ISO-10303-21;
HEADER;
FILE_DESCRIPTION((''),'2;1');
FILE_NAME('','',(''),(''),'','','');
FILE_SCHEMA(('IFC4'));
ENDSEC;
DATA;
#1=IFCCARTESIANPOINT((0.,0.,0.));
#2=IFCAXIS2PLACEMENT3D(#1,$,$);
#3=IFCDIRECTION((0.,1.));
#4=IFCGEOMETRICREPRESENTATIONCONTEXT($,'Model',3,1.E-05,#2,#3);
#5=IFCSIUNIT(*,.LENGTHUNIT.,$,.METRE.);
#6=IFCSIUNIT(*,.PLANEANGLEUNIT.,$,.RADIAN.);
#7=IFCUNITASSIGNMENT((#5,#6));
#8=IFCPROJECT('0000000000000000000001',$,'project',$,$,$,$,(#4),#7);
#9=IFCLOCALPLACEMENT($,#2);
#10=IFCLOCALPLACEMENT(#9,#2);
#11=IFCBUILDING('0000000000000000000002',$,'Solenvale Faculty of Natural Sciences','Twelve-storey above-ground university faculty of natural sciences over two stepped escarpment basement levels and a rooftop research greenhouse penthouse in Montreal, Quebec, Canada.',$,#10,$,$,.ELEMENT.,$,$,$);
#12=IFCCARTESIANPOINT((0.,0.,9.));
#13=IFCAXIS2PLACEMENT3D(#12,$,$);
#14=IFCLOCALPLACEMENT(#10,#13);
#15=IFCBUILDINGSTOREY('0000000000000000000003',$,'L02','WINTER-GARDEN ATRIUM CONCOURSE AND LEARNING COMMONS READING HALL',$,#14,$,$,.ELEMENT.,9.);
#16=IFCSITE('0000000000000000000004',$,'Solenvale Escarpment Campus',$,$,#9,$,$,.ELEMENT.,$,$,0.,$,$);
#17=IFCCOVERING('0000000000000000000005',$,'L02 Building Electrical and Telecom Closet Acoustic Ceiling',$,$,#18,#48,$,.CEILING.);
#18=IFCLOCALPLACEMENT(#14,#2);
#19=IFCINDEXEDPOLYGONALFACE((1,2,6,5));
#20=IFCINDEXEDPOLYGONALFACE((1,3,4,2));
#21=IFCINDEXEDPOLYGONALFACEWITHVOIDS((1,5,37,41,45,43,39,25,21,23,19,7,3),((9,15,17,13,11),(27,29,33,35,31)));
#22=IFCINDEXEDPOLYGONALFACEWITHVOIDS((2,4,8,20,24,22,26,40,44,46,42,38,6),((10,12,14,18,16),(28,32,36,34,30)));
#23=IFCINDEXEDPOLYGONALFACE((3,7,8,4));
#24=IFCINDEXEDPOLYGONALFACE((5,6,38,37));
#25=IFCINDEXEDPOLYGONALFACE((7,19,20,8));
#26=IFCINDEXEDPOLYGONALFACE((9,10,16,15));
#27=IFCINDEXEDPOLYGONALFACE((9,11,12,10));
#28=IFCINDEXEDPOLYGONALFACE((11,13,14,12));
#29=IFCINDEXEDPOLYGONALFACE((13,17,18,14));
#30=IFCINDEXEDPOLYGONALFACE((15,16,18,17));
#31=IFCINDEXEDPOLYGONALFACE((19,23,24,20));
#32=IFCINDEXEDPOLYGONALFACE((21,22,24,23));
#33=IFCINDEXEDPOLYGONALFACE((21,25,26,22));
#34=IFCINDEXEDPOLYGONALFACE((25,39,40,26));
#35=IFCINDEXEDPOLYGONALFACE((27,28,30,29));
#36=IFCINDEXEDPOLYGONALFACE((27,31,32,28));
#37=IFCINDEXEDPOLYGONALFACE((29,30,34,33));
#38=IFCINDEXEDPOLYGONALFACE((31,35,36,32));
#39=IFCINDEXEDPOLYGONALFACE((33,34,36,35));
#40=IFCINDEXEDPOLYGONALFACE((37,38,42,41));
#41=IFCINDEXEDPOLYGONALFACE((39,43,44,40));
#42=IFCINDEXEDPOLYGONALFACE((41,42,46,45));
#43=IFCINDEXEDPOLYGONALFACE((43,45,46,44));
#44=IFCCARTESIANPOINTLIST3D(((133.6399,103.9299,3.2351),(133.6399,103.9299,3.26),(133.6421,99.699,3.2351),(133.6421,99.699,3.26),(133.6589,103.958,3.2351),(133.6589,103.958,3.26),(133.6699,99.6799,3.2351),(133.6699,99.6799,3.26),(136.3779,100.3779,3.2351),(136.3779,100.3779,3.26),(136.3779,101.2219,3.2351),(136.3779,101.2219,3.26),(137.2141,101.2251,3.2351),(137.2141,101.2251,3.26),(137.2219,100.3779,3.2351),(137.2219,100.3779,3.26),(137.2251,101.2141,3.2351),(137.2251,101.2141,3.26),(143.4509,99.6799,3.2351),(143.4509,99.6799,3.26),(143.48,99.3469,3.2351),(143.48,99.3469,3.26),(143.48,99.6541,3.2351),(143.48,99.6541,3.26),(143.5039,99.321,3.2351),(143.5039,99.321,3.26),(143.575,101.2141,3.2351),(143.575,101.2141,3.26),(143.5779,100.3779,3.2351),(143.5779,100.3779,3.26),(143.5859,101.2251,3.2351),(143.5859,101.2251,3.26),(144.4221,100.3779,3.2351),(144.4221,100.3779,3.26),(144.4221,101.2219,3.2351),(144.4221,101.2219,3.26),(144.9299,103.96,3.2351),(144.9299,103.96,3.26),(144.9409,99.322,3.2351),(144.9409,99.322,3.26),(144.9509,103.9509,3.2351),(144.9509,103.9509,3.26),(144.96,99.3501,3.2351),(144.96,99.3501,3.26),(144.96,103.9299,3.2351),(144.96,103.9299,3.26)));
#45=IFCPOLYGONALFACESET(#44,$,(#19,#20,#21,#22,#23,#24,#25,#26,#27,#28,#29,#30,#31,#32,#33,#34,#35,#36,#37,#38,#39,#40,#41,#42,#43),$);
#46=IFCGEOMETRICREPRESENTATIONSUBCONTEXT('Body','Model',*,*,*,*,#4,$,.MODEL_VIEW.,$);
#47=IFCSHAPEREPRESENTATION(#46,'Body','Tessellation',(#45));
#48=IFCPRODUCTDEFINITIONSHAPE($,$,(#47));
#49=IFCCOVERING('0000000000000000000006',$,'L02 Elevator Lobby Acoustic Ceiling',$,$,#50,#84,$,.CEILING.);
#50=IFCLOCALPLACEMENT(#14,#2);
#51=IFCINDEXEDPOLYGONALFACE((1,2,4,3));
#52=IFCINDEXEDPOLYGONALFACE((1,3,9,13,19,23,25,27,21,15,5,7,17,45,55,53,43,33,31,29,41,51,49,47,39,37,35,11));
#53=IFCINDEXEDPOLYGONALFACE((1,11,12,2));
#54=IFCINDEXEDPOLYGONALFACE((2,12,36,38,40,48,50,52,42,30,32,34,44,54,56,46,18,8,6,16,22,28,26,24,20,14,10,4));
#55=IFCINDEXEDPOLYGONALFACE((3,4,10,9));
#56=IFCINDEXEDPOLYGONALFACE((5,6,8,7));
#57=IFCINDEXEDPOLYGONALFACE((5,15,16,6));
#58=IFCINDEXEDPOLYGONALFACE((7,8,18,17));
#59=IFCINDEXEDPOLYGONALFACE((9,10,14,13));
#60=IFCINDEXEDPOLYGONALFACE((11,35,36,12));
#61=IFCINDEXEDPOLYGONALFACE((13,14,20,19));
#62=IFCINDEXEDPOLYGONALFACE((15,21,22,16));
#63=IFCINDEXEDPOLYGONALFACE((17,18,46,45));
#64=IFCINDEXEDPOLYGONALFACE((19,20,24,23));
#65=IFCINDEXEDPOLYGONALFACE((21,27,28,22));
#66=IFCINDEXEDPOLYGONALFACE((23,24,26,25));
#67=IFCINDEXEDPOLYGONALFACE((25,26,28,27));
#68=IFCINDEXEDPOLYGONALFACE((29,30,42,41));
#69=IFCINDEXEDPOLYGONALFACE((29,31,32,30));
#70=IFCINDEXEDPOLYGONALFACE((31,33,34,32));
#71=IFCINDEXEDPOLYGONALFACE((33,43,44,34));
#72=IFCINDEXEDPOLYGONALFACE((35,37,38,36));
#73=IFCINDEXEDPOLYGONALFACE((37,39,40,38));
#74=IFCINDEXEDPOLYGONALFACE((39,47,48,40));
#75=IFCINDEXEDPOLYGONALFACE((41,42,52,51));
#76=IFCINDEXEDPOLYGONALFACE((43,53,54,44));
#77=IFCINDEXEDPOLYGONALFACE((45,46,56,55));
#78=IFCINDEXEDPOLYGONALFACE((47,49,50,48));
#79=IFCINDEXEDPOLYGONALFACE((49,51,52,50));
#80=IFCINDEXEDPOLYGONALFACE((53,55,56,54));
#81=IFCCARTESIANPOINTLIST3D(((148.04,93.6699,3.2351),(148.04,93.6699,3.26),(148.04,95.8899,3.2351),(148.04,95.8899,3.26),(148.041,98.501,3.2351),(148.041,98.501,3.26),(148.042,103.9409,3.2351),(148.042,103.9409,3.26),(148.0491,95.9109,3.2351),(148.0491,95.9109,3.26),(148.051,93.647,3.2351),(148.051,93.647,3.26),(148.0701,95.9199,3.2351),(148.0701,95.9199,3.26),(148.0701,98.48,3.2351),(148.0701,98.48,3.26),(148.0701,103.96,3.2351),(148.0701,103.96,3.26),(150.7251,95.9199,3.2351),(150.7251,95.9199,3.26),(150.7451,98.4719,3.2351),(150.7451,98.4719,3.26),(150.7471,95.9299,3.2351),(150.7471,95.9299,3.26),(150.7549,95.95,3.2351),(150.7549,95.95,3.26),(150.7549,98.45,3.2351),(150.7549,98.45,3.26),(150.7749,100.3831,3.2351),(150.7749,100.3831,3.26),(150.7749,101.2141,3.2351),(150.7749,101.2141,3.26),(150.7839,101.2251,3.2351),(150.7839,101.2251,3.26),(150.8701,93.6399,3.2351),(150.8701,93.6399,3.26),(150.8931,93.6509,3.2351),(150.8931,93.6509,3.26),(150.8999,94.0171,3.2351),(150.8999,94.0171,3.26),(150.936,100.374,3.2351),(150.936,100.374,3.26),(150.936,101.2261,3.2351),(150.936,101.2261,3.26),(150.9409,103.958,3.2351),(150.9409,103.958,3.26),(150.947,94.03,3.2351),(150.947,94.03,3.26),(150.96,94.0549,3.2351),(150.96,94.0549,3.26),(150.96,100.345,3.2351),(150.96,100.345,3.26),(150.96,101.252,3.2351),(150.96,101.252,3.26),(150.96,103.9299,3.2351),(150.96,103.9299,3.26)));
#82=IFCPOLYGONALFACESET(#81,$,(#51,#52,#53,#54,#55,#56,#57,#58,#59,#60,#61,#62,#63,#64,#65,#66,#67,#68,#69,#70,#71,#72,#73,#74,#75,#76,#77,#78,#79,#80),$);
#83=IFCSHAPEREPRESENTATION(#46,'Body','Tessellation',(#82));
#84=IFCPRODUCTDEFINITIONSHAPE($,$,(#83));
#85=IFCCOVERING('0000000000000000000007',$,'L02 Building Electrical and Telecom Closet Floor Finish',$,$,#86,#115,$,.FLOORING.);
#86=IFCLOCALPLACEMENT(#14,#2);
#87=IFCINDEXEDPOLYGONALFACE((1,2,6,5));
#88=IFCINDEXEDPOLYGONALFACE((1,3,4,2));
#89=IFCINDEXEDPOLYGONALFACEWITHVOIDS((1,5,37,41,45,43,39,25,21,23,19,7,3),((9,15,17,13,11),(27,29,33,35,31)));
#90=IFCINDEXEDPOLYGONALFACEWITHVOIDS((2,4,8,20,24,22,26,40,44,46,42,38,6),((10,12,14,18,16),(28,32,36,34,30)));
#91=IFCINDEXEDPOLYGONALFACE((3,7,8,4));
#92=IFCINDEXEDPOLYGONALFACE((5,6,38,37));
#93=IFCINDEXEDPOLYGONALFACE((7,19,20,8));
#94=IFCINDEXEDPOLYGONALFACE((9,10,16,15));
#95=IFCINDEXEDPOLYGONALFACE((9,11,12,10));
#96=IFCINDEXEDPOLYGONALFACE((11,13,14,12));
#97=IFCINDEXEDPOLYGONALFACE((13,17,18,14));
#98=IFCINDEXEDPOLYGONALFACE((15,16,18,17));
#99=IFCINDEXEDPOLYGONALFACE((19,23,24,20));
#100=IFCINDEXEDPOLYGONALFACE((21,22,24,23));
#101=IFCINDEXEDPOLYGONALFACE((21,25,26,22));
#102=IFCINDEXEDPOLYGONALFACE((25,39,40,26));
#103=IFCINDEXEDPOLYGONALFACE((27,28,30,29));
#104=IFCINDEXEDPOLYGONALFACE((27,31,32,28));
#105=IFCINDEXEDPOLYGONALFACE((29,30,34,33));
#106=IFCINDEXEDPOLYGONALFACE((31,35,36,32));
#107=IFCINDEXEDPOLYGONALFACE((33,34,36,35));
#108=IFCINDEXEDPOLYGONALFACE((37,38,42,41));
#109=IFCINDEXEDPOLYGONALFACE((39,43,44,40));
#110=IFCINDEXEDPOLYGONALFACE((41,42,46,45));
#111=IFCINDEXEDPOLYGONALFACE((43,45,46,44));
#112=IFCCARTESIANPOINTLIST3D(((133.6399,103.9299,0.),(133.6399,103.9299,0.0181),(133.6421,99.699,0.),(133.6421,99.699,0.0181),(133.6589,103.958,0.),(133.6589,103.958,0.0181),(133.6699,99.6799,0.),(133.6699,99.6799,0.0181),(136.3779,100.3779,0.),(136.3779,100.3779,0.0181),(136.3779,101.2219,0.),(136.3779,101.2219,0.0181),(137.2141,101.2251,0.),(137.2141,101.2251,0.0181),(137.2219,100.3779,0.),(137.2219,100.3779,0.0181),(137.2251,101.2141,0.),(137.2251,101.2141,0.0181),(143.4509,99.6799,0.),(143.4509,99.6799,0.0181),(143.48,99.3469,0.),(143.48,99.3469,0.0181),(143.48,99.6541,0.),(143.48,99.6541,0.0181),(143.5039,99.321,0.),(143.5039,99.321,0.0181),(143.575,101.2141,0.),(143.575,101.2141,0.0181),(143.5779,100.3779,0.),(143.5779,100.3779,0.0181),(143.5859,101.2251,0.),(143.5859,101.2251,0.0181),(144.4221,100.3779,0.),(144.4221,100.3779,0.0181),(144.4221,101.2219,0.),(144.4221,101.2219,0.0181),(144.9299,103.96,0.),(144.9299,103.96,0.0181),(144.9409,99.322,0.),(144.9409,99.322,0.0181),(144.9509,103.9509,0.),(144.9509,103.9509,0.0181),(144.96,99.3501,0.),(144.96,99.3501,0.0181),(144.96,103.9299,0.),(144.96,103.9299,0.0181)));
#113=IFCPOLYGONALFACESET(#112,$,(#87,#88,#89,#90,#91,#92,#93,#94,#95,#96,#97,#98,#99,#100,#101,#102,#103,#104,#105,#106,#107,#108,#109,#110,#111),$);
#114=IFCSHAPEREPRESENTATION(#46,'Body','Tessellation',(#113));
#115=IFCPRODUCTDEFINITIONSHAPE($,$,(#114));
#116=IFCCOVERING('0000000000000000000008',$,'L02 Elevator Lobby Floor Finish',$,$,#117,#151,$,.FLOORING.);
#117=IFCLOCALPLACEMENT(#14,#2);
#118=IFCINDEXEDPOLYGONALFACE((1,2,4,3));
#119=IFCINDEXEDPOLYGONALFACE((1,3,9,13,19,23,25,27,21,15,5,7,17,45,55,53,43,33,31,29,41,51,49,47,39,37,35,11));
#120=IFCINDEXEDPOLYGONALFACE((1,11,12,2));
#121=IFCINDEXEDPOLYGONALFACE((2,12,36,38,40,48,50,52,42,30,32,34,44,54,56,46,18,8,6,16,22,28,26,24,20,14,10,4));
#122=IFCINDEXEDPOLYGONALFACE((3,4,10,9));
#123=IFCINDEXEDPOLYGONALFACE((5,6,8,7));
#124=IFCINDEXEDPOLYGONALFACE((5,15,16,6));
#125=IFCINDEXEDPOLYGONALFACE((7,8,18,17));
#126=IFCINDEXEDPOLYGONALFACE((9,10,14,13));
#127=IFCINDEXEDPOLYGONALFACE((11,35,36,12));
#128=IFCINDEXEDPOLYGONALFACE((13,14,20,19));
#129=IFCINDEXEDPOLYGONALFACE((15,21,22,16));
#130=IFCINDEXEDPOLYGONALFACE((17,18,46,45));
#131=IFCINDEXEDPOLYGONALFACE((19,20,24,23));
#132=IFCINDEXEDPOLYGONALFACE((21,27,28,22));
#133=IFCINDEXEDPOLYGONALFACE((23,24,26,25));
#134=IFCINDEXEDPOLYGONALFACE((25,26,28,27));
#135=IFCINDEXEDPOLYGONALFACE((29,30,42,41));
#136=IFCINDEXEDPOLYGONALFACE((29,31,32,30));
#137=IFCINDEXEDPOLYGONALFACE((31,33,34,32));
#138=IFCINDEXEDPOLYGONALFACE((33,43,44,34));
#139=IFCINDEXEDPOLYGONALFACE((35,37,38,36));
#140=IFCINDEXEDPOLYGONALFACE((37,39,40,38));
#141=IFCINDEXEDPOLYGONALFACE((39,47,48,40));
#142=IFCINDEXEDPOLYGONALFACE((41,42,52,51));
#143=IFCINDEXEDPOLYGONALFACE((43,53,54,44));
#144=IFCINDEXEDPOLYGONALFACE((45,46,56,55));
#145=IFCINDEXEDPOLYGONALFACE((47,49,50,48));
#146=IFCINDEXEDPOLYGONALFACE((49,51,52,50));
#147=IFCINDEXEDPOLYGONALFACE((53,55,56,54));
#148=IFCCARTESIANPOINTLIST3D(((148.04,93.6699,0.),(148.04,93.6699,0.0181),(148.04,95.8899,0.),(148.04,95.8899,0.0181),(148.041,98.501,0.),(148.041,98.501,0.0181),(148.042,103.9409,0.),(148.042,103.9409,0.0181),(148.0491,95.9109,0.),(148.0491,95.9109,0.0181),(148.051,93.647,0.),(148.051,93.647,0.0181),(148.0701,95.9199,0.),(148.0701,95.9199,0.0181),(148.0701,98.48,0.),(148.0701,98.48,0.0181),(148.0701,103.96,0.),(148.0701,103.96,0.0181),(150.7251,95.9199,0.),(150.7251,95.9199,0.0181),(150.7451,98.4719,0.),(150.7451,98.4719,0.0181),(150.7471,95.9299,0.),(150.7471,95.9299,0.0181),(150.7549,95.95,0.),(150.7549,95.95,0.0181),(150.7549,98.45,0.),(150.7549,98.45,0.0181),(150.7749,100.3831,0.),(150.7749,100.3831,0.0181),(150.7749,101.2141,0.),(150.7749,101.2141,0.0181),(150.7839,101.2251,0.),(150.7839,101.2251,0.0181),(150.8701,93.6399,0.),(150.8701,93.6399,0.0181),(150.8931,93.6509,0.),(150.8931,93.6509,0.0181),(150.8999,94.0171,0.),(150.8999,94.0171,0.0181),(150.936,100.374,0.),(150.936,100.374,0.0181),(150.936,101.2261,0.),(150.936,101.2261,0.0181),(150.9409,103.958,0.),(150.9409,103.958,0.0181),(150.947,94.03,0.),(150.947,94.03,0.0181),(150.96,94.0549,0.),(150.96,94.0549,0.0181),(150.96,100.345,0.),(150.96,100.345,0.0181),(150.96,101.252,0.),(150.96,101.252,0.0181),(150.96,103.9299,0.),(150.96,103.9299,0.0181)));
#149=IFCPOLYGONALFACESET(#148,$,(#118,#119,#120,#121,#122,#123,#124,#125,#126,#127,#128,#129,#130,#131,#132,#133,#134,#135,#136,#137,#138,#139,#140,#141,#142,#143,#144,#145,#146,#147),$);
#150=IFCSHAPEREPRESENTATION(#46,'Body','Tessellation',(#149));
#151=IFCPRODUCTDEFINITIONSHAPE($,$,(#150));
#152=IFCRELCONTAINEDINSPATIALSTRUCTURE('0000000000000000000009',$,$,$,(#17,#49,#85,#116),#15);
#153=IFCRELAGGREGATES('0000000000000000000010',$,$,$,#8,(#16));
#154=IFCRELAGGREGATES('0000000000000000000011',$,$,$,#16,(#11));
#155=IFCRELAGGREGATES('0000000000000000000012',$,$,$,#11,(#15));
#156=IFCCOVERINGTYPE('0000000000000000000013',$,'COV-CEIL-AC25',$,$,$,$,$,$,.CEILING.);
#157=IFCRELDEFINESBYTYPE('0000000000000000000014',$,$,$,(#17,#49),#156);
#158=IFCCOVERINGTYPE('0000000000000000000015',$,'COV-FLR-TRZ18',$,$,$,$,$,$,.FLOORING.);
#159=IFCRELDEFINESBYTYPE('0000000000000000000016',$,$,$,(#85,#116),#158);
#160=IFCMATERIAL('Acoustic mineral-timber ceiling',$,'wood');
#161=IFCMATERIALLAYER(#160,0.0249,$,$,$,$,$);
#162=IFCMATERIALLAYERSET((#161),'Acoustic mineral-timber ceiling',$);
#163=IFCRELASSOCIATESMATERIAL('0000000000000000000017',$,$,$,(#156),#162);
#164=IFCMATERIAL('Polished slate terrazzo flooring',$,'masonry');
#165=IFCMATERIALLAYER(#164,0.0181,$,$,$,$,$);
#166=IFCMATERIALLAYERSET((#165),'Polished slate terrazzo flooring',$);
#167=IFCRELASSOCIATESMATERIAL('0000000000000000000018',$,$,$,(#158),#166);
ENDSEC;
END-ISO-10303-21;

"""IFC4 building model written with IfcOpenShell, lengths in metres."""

from ifc_helpers import new_model, si_unit, direction, frame, origin, place, context, subcontext, project, spatial, polyline, outline, extrude, material, layer, layer_set, type_object, element, save


model = new_model("IFC4")

# Units and contexts
model_context = context("Model", 3, precision=1e-05, world=origin(), true_north=direction((0.0, 1.0)))
body_context = subcontext(model_context, "Body", "Model", "MODEL_VIEW")
ifc_project = project(units=[si_unit("LENGTHUNIT", "METRE"), si_unit("PLANEANGLEUNIT", "RADIAN")], contexts=[model_context])

# Site, building, storey
site_placement = place(None, origin())
site = spatial("IfcSite", under=ifc_project, at=site_placement, Name="Solenvale Escarpment Campus", CompositionType="ELEMENT", RefElevation=0.0)
building_placement = place(site_placement, origin())
building = spatial("IfcBuilding", under=site, at=building_placement, Name="Solenvale Faculty of Natural Sciences", Description="Twelve-storey above-ground university faculty of natural sciences over two stepped escarpment basement levels and a rooftop research greenhouse penthouse in Montreal, Quebec, Canada.", CompositionType="ELEMENT")
storey_placement = place(building_placement, frame((0.0, 0.0, 9.0)))
storey = spatial("IfcBuildingStorey", under=building, at=storey_placement, Name="L02", Description="WINTER-GARDEN ATRIUM CONCOURSE AND LEARNING COMMONS READING HALL", CompositionType="ELEMENT", Elevation=9.0)

# Coverings
ifc_material_1 = material(Name="Acoustic mineral-timber ceiling", Category="wood")
ifc_layer_1 = layer(ifc_material_1, 0.0249)
ifc_layer_set_1 = layer_set([ifc_layer_1], Name="Acoustic mineral-timber ceiling")
covering_type_1 = type_object("IfcCoveringType", Name="COV-CEIL-AC25", PredefinedType="CEILING", material=ifc_layer_set_1)
covering_1_placement = place(storey_placement, frame((0.0, 0.0, 3.2351)))
element("IfcCovering", 1, at=covering_1_placement, inside=storey, type_object=covering_type_1, Name="L02 Building Electrical and Telecom Closet Acoustic Ceiling", PredefinedType="CEILING", context=body_context, shape_type="SweptSolid", body=[
    extrude(outline(polyline([(144.9299, 103.96), (144.9509, 103.9509), (144.96, 103.9299), (144.96, 99.3501), (144.9409, 99.322), (143.5039, 99.321), (143.48, 99.3469), (143.48, 99.6541), (143.4509, 99.6799), (133.6699, 99.6799), (133.6421, 99.699), (133.6399, 103.9299), (133.6589, 103.958), (144.9299, 103.96)]), holes=[polyline([(143.5859, 101.2251), (143.575, 101.2141), (143.5779, 100.3779), (144.4221, 100.3779), (144.4221, 101.2219), (143.5859, 101.2251)]), polyline([(137.2251, 101.2141), (137.2141, 101.2251), (136.3779, 101.2219), (136.3779, 100.3779), (137.2219, 100.3779), (137.2251, 101.2141)])]), origin(), (0.0, 0.0, 1.0), 0.0249),
])
covering_2_placement = place(storey_placement, frame((0.0, 0.0, 3.2351)))
element("IfcCovering", 2, at=covering_2_placement, inside=storey, type_object=covering_type_1, Name="L02 Elevator Lobby Acoustic Ceiling", PredefinedType="CEILING", context=body_context, shape_type="SweptSolid", body=[
    extrude(outline(polyline([(148.04, 95.8899), (148.0491, 95.9109), (148.0701, 95.9199), (150.7251, 95.9199), (150.7471, 95.9299), (150.7549, 95.95), (150.7549, 98.45), (150.7451, 98.4719), (148.0701, 98.48), (148.041, 98.501), (148.042, 103.9409), (148.0701, 103.96), (150.9409, 103.958), (150.96, 103.9299), (150.96, 101.252), (150.936, 101.2261), (150.7839, 101.2251), (150.7749, 101.2141), (150.7749, 100.3831), (150.936, 100.374), (150.96, 100.345), (150.96, 94.0549), (150.947, 94.03), (150.8999, 94.0171), (150.8931, 93.6509), (150.8701, 93.6399), (148.051, 93.647), (148.04, 93.6699), (148.04, 95.8899)])), origin(), (0.0, 0.0, 1.0), 0.0249),
])
ifc_material_2 = material(Name="Polished slate terrazzo flooring", Category="masonry")
ifc_layer_2 = layer(ifc_material_2, 0.0181)
ifc_layer_set_2 = layer_set([ifc_layer_2], Name="Polished slate terrazzo flooring")
covering_type_2 = type_object("IfcCoveringType", Name="COV-FLR-TRZ18", PredefinedType="FLOORING", material=ifc_layer_set_2)
covering_3_placement = place(storey_placement, origin())
element("IfcCovering", 3, at=covering_3_placement, inside=storey, type_object=covering_type_2, Name="L02 Building Electrical and Telecom Closet Floor Finish", PredefinedType="FLOORING", context=body_context, shape_type="SweptSolid", body=[
    extrude(outline(polyline([(144.9299, 103.96), (144.9509, 103.9509), (144.96, 103.9299), (144.96, 99.3501), (144.9409, 99.322), (143.5039, 99.321), (143.48, 99.3469), (143.48, 99.6541), (143.4509, 99.6799), (133.6699, 99.6799), (133.6421, 99.699), (133.6399, 103.9299), (133.6589, 103.958), (144.9299, 103.96)]), holes=[polyline([(143.5859, 101.2251), (143.575, 101.2141), (143.5779, 100.3779), (144.4221, 100.3779), (144.4221, 101.2219), (143.5859, 101.2251)]), polyline([(137.2251, 101.2141), (137.2141, 101.2251), (136.3779, 101.2219), (136.3779, 100.3779), (137.2219, 100.3779), (137.2251, 101.2141)])]), origin(), (0.0, 0.0, 1.0), 0.0181),
])
covering_4_placement = place(storey_placement, origin())
element("IfcCovering", 4, at=covering_4_placement, inside=storey, type_object=covering_type_2, Name="L02 Elevator Lobby Floor Finish", PredefinedType="FLOORING", context=body_context, shape_type="SweptSolid", body=[
    extrude(outline(polyline([(148.04, 95.8899), (148.0491, 95.9109), (148.0701, 95.9199), (150.7251, 95.9199), (150.7471, 95.9299), (150.7549, 95.95), (150.7549, 98.45), (150.7451, 98.4719), (148.0701, 98.48), (148.041, 98.501), (148.042, 103.9409), (148.0701, 103.96), (150.9409, 103.958), (150.96, 103.9299), (150.96, 101.252), (150.936, 101.2261), (150.7839, 101.2251), (150.7749, 101.2141), (150.7749, 100.3831), (150.936, 100.374), (150.96, 100.345), (150.96, 94.0549), (150.947, 94.03), (150.8999, 94.0171), (150.8931, 93.6509), (150.8701, 93.6399), (148.051, 93.647), (148.04, 93.6699), (148.04, 95.8899)])), origin(), (0.0, 0.0, 1.0), 0.0181),
])

save(model, "model.ifc")
